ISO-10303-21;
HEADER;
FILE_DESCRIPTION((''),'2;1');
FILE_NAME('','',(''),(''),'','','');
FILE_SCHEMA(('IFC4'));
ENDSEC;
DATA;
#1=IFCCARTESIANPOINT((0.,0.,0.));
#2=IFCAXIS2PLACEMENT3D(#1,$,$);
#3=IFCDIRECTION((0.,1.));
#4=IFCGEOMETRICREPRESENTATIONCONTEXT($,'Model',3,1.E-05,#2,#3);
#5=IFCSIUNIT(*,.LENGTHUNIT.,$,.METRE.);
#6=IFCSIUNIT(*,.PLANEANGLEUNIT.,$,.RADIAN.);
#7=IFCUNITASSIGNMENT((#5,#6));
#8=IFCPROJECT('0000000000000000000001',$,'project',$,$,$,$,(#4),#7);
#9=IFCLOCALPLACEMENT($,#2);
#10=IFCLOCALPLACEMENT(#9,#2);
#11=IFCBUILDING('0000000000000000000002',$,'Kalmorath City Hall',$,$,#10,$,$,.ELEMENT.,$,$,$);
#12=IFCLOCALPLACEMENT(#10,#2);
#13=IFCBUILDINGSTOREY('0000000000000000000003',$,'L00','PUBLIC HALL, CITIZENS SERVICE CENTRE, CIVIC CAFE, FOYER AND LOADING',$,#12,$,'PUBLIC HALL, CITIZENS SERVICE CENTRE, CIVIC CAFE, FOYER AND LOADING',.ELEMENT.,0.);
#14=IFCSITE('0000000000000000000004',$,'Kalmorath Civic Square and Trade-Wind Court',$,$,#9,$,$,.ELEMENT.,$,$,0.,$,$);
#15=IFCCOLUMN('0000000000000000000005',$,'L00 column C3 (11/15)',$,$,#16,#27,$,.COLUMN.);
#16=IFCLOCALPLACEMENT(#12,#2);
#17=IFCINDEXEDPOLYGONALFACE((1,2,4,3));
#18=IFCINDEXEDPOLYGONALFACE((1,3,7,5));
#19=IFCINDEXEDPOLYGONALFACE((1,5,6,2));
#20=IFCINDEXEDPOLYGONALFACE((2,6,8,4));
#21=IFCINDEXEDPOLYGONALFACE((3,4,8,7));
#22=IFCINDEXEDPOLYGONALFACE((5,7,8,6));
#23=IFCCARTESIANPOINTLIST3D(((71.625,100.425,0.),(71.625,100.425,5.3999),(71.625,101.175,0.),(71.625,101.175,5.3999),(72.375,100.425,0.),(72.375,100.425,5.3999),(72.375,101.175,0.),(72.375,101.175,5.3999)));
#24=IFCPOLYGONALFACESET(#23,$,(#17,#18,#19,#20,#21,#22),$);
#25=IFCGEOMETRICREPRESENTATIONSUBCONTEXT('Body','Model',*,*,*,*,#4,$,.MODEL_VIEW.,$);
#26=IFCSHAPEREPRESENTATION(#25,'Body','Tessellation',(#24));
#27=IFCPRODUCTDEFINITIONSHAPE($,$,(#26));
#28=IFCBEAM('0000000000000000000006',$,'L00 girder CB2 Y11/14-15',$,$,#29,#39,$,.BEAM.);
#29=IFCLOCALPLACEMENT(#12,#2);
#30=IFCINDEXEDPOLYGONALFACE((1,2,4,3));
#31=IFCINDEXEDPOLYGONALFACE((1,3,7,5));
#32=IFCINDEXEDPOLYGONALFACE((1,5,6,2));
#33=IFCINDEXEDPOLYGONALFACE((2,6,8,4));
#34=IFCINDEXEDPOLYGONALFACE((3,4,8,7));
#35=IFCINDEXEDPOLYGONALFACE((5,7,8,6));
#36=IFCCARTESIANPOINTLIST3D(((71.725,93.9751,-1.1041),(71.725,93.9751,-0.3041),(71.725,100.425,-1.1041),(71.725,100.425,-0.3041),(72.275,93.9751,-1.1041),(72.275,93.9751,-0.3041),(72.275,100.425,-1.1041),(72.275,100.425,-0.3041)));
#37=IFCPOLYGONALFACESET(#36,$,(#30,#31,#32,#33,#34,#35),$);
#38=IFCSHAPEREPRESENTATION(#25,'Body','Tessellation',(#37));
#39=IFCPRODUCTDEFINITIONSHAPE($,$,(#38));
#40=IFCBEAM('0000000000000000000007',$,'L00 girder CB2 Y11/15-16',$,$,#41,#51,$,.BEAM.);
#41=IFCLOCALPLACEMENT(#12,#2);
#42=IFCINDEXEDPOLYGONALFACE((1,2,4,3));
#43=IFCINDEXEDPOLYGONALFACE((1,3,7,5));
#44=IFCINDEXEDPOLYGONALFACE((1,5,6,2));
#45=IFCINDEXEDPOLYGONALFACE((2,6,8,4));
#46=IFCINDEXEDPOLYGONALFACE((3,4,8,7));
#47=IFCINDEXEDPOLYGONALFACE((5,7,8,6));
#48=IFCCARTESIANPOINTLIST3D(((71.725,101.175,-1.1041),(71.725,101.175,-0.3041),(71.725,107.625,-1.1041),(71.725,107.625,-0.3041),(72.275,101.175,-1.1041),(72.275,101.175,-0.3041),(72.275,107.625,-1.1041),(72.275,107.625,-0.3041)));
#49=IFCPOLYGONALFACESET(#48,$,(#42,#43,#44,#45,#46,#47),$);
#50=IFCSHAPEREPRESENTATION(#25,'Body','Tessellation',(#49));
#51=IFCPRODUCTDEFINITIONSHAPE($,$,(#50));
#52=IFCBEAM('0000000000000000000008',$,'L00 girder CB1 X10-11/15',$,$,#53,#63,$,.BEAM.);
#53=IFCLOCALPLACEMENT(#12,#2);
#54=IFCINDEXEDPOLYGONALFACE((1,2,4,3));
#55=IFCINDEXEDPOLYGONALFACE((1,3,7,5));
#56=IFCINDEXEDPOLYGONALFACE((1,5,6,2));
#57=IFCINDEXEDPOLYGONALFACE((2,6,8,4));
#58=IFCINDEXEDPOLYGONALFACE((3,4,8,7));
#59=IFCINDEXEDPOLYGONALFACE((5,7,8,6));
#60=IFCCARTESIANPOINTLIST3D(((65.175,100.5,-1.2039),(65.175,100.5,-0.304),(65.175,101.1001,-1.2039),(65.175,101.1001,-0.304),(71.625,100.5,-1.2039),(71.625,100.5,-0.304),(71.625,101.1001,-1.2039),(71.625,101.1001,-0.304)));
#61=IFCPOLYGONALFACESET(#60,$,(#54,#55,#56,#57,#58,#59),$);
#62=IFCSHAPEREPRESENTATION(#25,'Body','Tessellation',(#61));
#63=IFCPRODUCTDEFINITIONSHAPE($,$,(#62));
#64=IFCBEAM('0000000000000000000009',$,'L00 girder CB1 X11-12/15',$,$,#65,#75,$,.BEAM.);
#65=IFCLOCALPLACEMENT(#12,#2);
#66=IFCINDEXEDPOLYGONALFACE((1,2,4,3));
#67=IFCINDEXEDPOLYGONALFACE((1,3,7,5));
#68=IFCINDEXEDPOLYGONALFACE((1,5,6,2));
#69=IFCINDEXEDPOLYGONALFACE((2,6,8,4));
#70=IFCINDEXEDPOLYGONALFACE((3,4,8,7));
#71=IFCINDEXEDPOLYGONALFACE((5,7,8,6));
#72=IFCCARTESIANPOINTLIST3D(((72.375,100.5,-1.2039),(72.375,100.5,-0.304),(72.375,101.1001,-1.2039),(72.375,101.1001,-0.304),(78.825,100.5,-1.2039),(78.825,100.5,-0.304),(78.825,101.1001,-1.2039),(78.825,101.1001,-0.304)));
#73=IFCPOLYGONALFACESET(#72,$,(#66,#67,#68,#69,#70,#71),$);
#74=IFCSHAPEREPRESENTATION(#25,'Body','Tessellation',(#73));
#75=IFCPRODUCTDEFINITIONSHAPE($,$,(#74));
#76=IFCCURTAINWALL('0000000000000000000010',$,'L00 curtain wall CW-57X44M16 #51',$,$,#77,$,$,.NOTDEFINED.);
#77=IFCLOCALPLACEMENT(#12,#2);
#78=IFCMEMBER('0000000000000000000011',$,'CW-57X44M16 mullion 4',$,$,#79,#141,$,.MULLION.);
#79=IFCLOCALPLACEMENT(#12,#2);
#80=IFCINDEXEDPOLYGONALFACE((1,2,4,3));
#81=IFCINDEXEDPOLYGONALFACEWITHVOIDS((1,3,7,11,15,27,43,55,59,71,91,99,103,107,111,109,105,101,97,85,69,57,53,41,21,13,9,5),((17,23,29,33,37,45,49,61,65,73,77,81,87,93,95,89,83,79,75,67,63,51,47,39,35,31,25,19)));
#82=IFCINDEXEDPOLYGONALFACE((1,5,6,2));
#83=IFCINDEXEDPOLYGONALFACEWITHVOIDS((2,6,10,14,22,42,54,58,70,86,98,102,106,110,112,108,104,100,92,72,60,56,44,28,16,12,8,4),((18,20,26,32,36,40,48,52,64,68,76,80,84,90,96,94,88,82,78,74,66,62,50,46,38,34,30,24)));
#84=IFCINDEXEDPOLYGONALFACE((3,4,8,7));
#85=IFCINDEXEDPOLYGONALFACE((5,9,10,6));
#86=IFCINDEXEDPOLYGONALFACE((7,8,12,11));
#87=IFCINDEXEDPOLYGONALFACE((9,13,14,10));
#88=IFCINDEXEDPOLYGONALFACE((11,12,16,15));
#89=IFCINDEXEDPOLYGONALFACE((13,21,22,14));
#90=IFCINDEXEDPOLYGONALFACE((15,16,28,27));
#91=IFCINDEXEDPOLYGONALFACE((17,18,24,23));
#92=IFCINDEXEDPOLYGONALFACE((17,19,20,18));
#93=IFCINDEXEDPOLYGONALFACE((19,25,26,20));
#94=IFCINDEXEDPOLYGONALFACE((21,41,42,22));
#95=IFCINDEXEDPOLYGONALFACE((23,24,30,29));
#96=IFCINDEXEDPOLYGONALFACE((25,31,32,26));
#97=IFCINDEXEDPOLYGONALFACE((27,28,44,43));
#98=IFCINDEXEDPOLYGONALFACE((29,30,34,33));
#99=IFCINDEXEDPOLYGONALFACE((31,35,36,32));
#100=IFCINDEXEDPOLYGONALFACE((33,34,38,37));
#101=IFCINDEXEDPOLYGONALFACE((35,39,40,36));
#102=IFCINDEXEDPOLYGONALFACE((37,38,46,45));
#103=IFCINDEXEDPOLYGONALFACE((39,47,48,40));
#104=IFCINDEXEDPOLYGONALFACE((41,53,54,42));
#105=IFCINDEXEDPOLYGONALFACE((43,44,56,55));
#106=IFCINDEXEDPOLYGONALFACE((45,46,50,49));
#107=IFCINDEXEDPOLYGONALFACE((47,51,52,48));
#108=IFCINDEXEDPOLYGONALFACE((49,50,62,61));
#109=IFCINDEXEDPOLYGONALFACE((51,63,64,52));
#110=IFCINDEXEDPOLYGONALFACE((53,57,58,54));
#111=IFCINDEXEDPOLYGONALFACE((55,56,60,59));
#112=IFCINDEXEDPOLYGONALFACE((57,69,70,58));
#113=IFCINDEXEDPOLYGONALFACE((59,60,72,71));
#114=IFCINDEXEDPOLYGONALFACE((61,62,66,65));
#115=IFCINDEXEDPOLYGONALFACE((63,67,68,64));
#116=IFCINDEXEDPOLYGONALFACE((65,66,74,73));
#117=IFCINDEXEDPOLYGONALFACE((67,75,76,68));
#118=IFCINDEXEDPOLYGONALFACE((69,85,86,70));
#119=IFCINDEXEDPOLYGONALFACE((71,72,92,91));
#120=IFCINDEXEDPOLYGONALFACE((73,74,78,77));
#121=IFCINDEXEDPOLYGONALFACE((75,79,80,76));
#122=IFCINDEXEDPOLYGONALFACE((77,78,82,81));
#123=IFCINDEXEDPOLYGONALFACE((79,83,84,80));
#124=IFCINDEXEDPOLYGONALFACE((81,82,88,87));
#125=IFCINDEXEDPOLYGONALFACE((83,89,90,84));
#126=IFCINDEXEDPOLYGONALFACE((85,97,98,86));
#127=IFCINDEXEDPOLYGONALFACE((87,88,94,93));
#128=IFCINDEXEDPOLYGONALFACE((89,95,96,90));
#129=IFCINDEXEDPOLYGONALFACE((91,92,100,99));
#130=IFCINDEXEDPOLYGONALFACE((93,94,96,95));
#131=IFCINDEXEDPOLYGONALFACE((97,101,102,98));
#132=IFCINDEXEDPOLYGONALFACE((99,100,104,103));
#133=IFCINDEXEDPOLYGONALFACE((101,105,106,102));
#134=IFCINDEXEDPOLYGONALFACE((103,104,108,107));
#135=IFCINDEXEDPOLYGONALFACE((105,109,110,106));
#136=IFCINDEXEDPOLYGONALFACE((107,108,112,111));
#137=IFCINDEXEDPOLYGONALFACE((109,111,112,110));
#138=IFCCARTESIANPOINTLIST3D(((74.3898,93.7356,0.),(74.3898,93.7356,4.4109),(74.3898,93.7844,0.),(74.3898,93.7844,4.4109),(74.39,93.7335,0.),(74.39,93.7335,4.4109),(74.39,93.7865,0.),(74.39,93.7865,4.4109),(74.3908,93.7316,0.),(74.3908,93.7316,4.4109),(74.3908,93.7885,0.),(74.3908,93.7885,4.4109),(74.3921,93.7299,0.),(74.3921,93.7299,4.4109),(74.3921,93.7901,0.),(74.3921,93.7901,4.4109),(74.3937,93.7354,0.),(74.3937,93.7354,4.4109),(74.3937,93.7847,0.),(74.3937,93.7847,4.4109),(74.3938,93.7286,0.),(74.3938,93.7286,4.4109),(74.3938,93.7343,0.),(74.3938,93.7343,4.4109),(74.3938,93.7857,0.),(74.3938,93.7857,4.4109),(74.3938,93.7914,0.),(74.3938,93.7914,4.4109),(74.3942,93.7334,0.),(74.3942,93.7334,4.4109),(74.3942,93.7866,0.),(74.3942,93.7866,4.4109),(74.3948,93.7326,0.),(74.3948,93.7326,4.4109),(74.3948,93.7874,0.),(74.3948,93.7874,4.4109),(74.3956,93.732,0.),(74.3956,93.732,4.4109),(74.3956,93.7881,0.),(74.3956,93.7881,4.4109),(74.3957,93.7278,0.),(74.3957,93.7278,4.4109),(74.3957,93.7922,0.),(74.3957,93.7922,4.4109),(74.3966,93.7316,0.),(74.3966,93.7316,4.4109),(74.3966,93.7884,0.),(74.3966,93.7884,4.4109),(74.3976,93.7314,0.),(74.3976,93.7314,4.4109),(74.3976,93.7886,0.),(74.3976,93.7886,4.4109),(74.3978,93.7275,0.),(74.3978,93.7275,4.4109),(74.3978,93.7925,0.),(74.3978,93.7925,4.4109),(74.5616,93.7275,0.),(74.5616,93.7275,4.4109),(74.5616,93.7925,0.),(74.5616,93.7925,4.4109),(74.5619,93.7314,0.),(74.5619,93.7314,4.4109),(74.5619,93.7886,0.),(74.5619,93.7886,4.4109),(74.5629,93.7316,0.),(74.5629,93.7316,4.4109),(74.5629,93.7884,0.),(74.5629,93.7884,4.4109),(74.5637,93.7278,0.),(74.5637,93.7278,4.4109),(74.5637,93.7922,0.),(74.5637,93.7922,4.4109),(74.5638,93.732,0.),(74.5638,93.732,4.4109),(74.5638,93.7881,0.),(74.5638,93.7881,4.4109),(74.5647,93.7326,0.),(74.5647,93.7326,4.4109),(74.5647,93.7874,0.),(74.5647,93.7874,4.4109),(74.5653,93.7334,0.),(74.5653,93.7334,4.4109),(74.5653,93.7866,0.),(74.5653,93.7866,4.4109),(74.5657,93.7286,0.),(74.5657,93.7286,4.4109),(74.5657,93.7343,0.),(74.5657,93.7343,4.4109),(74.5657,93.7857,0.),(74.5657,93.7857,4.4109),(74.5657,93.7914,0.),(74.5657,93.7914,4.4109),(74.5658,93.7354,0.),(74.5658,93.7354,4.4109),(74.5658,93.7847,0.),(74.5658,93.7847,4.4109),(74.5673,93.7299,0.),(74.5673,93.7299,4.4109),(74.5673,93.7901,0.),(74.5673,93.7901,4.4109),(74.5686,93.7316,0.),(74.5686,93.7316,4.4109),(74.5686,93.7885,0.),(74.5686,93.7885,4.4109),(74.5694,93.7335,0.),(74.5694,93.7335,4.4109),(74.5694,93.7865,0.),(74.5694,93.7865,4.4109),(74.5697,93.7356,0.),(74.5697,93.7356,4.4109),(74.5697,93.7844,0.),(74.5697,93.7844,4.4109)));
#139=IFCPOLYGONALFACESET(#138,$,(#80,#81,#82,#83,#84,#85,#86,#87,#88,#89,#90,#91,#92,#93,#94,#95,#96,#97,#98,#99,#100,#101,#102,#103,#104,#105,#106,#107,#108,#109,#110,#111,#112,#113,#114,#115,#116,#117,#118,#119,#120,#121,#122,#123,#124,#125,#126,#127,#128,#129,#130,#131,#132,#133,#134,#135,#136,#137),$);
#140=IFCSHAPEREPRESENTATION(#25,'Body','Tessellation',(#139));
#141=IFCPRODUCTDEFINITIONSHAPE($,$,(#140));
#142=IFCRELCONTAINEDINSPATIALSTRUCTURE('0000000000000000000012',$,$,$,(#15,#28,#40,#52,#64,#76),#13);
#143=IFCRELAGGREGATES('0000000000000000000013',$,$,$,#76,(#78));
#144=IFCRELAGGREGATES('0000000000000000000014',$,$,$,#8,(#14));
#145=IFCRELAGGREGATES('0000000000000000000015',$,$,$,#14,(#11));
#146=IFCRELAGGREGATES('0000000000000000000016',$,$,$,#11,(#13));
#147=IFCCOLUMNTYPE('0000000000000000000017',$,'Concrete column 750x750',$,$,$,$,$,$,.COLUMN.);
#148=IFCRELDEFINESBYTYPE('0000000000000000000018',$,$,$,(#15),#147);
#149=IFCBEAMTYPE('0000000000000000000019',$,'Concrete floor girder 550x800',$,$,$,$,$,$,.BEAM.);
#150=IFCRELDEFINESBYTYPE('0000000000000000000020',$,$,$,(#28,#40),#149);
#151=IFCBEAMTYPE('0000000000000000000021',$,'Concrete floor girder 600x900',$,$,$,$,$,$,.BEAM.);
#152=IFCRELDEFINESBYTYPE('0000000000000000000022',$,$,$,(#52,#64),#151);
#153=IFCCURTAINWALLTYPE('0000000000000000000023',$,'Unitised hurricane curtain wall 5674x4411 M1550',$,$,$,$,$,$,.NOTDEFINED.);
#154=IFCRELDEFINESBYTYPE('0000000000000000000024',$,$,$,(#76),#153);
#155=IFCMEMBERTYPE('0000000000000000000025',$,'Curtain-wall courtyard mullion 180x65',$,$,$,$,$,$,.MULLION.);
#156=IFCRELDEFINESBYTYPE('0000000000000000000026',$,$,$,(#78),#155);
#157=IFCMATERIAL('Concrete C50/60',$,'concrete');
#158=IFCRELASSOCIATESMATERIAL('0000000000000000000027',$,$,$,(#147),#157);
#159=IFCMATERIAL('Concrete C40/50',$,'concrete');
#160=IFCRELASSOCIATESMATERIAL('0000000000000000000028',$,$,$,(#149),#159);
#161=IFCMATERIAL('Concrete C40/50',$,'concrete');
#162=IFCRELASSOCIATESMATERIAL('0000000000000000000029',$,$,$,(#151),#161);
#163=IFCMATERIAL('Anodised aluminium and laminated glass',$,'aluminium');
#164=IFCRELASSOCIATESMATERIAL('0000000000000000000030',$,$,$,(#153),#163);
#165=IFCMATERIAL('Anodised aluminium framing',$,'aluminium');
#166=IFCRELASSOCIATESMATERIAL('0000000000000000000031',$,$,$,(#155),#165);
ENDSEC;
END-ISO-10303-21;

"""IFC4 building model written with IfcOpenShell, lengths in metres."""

from ifc_helpers import new_model, si_unit, direction, frame, origin, origin_2d, place, context, subcontext, project, spatial, rectangle, hollow_rectangle, extrude, material, material_profile, profile_set, type_object, element, aggregate, save


model = new_model("IFC4")

# Units and contexts
model_context = context("Model", 3, precision=1e-05, world=origin(), true_north=direction((0.0, 1.0)))
body_context = subcontext(model_context, "Body", "Model", "MODEL_VIEW")
ifc_project = project(units=[si_unit("LENGTHUNIT", "METRE"), si_unit("PLANEANGLEUNIT", "RADIAN")], contexts=[model_context])

# Site, building, storey
site_placement = place(None, origin())
site = spatial("IfcSite", under=ifc_project, at=site_placement, Name="Kalmorath Civic Square and Trade-Wind Court", CompositionType="ELEMENT", RefElevation=0.0)
building_placement = place(site_placement, origin())
building = spatial("IfcBuilding", under=site, at=building_placement, Name="Kalmorath City Hall", CompositionType="ELEMENT")
storey_placement = place(building_placement, origin())
storey = spatial("IfcBuildingStorey", under=building, at=storey_placement, Name="L00", Description="PUBLIC HALL, CITIZENS SERVICE CENTRE, CIVIC CAFE, FOYER AND LOADING", LongName="PUBLIC HALL, CITIZENS SERVICE CENTRE, CIVIC CAFE, FOYER AND LOADING", CompositionType="ELEMENT", Elevation=0.0)

# Column
ifc_material_1 = material(Name="Concrete C50/60", Category="concrete")
ifc_material_profile_1 = material_profile(ifc_material_1, rectangle(XDim=0.75, YDim=0.75, at=origin_2d()), Name="RC-COL-750X750")
ifc_profile_set_1 = profile_set([ifc_material_profile_1], Name="Concrete C50/60")
column_type = type_object("IfcColumnType", Name="Concrete column 750x750", PredefinedType="COLUMN", material=ifc_profile_set_1)
column_placement = place(storey_placement, frame((72.0, 100.8, 0.0), z_axis=(0.0, 0.0, 1.0), x_axis=(1.0, 0.0, 0.0)))
element("IfcColumn", 1, at=column_placement, inside=storey, type_object=column_type, Name="L00 column C3 (11/15)", PredefinedType="COLUMN", context=body_context, shape_type="SweptSolid", body=[
    extrude(rectangle(XDim=0.75, YDim=0.75, at=origin_2d()), origin(), (0.0, 0.0, 1.0), 5.3999),
])

# Beams
ifc_material_2 = material(Name="Concrete C40/50", Category="concrete")
ifc_material_profile_2 = material_profile(ifc_material_2, rectangle(XDim=0.55, YDim=0.8, at=origin_2d()), Name="RC-BM-550X800")
ifc_profile_set_2 = profile_set([ifc_material_profile_2], Name="Concrete C40/50")
beam_type_1 = type_object("IfcBeamType", Name="Concrete floor girder 550x800", PredefinedType="BEAM", material=ifc_profile_set_2)
for number, where, z_axis, x_axis, name in (
    (2, (72.0, 93.9751, -0.7041), (0.0, 1.0, 0.0), (-1.0, 0.0, 0.0), "L00 girder CB2 Y11/14-15"),
    (3, (72.0, 101.175, -0.7041), (0.0, 1.0, 0.0), (-1.0, 0.0, 0.0), "L00 girder CB2 Y11/15-16"),
):
    element("IfcBeam", number, at=place(storey_placement, frame(where, z_axis=z_axis, x_axis=x_axis)), inside=storey, type_object=beam_type_1, Name=name, PredefinedType="BEAM", context=body_context, shape_type="SweptSolid", body=[
        extrude(rectangle(XDim=0.55, YDim=0.8, at=origin_2d()), origin(), (0.0, 0.0, 1.0), 6.45),
    ])
ifc_material_3 = material(Name="Concrete C40/50", Category="concrete")
ifc_material_profile_3 = material_profile(ifc_material_3, rectangle(XDim=0.6001, YDim=0.8999, at=origin_2d()), Name="RC-BM-600X900")
ifc_profile_set_3 = profile_set([ifc_material_profile_3], Name="Concrete C40/50")
beam_type_2 = type_object("IfcBeamType", Name="Concrete floor girder 600x900", PredefinedType="BEAM", material=ifc_profile_set_3)
for number, where, z_axis, x_axis, name in (
    (4, (65.175, 100.8, -0.7539), (1.0, 0.0, 0.0), (0.0, 1.0, 0.0), "L00 girder CB1 X10-11/15"),
    (5, (72.375, 100.8, -0.7539), (1.0, 0.0, 0.0), (0.0, 1.0, 0.0), "L00 girder CB1 X11-12/15"),
):
    element("IfcBeam", number, at=place(storey_placement, frame(where, z_axis=z_axis, x_axis=x_axis)), inside=storey, type_object=beam_type_2, Name=name, PredefinedType="BEAM", context=body_context, shape_type="SweptSolid", body=[
        extrude(rectangle(XDim=0.6001, YDim=0.8999, at=origin_2d()), origin(), (0.0, 0.0, 1.0), 6.45),
    ])

# Curtain wall, member
ifc_material_4 = material(Name="Anodised aluminium and laminated glass", Category="aluminium")
curtain_wall_type = type_object("IfcCurtainWallType", Name="Unitised hurricane curtain wall 5674x4411 M1550", PredefinedType="NOTDEFINED", material=ifc_material_4)
curtain_wall_placement = place(storey_placement, origin())
curtain_wall = element("IfcCurtainWall", 6, at=curtain_wall_placement, inside=storey, type_object=curtain_wall_type, Name="L00 curtain wall CW-57X44M16 #51", PredefinedType="NOTDEFINED")
ifc_material_5 = material(Name="Anodised aluminium framing", Category="aluminium")
ifc_material_profile_4 = material_profile(ifc_material_5, hollow_rectangle(XDim=0.0649, YDim=0.1799, WallThickness=0.0039, InnerFilletRadius=0.0039, OuterFilletRadius=0.0081, at=origin_2d()), Name="ALU-MUL-180X65X4")
ifc_profile_set_4 = profile_set([ifc_material_profile_4], Name="Anodised aluminium framing")
member_type_1 = type_object("IfcMemberType", Name="Curtain-wall courtyard mullion 180x65", PredefinedType="MULLION", material=ifc_profile_set_4)
member_1_placement = place(storey_placement, frame((74.4797, 93.76, 0.0), z_axis=(0.0, 0.0, 1.0), x_axis=(0.0, -1.0, 0.0)))
member_1 = element("IfcMember", 7, at=member_1_placement, type_object=member_type_1, Name="CW-57X44M16 mullion 4", PredefinedType="MULLION", context=body_context, shape_type="SweptSolid", body=[
    extrude(hollow_rectangle(XDim=0.0649, YDim=0.1799, WallThickness=0.0039, InnerFilletRadius=0.0039, OuterFilletRadius=0.0081, at=origin_2d()), origin(), (0.0, 0.0, 1.0), 4.4109),
])

aggregate(curtain_wall, [member_1])

save(model, "model.ifc")
